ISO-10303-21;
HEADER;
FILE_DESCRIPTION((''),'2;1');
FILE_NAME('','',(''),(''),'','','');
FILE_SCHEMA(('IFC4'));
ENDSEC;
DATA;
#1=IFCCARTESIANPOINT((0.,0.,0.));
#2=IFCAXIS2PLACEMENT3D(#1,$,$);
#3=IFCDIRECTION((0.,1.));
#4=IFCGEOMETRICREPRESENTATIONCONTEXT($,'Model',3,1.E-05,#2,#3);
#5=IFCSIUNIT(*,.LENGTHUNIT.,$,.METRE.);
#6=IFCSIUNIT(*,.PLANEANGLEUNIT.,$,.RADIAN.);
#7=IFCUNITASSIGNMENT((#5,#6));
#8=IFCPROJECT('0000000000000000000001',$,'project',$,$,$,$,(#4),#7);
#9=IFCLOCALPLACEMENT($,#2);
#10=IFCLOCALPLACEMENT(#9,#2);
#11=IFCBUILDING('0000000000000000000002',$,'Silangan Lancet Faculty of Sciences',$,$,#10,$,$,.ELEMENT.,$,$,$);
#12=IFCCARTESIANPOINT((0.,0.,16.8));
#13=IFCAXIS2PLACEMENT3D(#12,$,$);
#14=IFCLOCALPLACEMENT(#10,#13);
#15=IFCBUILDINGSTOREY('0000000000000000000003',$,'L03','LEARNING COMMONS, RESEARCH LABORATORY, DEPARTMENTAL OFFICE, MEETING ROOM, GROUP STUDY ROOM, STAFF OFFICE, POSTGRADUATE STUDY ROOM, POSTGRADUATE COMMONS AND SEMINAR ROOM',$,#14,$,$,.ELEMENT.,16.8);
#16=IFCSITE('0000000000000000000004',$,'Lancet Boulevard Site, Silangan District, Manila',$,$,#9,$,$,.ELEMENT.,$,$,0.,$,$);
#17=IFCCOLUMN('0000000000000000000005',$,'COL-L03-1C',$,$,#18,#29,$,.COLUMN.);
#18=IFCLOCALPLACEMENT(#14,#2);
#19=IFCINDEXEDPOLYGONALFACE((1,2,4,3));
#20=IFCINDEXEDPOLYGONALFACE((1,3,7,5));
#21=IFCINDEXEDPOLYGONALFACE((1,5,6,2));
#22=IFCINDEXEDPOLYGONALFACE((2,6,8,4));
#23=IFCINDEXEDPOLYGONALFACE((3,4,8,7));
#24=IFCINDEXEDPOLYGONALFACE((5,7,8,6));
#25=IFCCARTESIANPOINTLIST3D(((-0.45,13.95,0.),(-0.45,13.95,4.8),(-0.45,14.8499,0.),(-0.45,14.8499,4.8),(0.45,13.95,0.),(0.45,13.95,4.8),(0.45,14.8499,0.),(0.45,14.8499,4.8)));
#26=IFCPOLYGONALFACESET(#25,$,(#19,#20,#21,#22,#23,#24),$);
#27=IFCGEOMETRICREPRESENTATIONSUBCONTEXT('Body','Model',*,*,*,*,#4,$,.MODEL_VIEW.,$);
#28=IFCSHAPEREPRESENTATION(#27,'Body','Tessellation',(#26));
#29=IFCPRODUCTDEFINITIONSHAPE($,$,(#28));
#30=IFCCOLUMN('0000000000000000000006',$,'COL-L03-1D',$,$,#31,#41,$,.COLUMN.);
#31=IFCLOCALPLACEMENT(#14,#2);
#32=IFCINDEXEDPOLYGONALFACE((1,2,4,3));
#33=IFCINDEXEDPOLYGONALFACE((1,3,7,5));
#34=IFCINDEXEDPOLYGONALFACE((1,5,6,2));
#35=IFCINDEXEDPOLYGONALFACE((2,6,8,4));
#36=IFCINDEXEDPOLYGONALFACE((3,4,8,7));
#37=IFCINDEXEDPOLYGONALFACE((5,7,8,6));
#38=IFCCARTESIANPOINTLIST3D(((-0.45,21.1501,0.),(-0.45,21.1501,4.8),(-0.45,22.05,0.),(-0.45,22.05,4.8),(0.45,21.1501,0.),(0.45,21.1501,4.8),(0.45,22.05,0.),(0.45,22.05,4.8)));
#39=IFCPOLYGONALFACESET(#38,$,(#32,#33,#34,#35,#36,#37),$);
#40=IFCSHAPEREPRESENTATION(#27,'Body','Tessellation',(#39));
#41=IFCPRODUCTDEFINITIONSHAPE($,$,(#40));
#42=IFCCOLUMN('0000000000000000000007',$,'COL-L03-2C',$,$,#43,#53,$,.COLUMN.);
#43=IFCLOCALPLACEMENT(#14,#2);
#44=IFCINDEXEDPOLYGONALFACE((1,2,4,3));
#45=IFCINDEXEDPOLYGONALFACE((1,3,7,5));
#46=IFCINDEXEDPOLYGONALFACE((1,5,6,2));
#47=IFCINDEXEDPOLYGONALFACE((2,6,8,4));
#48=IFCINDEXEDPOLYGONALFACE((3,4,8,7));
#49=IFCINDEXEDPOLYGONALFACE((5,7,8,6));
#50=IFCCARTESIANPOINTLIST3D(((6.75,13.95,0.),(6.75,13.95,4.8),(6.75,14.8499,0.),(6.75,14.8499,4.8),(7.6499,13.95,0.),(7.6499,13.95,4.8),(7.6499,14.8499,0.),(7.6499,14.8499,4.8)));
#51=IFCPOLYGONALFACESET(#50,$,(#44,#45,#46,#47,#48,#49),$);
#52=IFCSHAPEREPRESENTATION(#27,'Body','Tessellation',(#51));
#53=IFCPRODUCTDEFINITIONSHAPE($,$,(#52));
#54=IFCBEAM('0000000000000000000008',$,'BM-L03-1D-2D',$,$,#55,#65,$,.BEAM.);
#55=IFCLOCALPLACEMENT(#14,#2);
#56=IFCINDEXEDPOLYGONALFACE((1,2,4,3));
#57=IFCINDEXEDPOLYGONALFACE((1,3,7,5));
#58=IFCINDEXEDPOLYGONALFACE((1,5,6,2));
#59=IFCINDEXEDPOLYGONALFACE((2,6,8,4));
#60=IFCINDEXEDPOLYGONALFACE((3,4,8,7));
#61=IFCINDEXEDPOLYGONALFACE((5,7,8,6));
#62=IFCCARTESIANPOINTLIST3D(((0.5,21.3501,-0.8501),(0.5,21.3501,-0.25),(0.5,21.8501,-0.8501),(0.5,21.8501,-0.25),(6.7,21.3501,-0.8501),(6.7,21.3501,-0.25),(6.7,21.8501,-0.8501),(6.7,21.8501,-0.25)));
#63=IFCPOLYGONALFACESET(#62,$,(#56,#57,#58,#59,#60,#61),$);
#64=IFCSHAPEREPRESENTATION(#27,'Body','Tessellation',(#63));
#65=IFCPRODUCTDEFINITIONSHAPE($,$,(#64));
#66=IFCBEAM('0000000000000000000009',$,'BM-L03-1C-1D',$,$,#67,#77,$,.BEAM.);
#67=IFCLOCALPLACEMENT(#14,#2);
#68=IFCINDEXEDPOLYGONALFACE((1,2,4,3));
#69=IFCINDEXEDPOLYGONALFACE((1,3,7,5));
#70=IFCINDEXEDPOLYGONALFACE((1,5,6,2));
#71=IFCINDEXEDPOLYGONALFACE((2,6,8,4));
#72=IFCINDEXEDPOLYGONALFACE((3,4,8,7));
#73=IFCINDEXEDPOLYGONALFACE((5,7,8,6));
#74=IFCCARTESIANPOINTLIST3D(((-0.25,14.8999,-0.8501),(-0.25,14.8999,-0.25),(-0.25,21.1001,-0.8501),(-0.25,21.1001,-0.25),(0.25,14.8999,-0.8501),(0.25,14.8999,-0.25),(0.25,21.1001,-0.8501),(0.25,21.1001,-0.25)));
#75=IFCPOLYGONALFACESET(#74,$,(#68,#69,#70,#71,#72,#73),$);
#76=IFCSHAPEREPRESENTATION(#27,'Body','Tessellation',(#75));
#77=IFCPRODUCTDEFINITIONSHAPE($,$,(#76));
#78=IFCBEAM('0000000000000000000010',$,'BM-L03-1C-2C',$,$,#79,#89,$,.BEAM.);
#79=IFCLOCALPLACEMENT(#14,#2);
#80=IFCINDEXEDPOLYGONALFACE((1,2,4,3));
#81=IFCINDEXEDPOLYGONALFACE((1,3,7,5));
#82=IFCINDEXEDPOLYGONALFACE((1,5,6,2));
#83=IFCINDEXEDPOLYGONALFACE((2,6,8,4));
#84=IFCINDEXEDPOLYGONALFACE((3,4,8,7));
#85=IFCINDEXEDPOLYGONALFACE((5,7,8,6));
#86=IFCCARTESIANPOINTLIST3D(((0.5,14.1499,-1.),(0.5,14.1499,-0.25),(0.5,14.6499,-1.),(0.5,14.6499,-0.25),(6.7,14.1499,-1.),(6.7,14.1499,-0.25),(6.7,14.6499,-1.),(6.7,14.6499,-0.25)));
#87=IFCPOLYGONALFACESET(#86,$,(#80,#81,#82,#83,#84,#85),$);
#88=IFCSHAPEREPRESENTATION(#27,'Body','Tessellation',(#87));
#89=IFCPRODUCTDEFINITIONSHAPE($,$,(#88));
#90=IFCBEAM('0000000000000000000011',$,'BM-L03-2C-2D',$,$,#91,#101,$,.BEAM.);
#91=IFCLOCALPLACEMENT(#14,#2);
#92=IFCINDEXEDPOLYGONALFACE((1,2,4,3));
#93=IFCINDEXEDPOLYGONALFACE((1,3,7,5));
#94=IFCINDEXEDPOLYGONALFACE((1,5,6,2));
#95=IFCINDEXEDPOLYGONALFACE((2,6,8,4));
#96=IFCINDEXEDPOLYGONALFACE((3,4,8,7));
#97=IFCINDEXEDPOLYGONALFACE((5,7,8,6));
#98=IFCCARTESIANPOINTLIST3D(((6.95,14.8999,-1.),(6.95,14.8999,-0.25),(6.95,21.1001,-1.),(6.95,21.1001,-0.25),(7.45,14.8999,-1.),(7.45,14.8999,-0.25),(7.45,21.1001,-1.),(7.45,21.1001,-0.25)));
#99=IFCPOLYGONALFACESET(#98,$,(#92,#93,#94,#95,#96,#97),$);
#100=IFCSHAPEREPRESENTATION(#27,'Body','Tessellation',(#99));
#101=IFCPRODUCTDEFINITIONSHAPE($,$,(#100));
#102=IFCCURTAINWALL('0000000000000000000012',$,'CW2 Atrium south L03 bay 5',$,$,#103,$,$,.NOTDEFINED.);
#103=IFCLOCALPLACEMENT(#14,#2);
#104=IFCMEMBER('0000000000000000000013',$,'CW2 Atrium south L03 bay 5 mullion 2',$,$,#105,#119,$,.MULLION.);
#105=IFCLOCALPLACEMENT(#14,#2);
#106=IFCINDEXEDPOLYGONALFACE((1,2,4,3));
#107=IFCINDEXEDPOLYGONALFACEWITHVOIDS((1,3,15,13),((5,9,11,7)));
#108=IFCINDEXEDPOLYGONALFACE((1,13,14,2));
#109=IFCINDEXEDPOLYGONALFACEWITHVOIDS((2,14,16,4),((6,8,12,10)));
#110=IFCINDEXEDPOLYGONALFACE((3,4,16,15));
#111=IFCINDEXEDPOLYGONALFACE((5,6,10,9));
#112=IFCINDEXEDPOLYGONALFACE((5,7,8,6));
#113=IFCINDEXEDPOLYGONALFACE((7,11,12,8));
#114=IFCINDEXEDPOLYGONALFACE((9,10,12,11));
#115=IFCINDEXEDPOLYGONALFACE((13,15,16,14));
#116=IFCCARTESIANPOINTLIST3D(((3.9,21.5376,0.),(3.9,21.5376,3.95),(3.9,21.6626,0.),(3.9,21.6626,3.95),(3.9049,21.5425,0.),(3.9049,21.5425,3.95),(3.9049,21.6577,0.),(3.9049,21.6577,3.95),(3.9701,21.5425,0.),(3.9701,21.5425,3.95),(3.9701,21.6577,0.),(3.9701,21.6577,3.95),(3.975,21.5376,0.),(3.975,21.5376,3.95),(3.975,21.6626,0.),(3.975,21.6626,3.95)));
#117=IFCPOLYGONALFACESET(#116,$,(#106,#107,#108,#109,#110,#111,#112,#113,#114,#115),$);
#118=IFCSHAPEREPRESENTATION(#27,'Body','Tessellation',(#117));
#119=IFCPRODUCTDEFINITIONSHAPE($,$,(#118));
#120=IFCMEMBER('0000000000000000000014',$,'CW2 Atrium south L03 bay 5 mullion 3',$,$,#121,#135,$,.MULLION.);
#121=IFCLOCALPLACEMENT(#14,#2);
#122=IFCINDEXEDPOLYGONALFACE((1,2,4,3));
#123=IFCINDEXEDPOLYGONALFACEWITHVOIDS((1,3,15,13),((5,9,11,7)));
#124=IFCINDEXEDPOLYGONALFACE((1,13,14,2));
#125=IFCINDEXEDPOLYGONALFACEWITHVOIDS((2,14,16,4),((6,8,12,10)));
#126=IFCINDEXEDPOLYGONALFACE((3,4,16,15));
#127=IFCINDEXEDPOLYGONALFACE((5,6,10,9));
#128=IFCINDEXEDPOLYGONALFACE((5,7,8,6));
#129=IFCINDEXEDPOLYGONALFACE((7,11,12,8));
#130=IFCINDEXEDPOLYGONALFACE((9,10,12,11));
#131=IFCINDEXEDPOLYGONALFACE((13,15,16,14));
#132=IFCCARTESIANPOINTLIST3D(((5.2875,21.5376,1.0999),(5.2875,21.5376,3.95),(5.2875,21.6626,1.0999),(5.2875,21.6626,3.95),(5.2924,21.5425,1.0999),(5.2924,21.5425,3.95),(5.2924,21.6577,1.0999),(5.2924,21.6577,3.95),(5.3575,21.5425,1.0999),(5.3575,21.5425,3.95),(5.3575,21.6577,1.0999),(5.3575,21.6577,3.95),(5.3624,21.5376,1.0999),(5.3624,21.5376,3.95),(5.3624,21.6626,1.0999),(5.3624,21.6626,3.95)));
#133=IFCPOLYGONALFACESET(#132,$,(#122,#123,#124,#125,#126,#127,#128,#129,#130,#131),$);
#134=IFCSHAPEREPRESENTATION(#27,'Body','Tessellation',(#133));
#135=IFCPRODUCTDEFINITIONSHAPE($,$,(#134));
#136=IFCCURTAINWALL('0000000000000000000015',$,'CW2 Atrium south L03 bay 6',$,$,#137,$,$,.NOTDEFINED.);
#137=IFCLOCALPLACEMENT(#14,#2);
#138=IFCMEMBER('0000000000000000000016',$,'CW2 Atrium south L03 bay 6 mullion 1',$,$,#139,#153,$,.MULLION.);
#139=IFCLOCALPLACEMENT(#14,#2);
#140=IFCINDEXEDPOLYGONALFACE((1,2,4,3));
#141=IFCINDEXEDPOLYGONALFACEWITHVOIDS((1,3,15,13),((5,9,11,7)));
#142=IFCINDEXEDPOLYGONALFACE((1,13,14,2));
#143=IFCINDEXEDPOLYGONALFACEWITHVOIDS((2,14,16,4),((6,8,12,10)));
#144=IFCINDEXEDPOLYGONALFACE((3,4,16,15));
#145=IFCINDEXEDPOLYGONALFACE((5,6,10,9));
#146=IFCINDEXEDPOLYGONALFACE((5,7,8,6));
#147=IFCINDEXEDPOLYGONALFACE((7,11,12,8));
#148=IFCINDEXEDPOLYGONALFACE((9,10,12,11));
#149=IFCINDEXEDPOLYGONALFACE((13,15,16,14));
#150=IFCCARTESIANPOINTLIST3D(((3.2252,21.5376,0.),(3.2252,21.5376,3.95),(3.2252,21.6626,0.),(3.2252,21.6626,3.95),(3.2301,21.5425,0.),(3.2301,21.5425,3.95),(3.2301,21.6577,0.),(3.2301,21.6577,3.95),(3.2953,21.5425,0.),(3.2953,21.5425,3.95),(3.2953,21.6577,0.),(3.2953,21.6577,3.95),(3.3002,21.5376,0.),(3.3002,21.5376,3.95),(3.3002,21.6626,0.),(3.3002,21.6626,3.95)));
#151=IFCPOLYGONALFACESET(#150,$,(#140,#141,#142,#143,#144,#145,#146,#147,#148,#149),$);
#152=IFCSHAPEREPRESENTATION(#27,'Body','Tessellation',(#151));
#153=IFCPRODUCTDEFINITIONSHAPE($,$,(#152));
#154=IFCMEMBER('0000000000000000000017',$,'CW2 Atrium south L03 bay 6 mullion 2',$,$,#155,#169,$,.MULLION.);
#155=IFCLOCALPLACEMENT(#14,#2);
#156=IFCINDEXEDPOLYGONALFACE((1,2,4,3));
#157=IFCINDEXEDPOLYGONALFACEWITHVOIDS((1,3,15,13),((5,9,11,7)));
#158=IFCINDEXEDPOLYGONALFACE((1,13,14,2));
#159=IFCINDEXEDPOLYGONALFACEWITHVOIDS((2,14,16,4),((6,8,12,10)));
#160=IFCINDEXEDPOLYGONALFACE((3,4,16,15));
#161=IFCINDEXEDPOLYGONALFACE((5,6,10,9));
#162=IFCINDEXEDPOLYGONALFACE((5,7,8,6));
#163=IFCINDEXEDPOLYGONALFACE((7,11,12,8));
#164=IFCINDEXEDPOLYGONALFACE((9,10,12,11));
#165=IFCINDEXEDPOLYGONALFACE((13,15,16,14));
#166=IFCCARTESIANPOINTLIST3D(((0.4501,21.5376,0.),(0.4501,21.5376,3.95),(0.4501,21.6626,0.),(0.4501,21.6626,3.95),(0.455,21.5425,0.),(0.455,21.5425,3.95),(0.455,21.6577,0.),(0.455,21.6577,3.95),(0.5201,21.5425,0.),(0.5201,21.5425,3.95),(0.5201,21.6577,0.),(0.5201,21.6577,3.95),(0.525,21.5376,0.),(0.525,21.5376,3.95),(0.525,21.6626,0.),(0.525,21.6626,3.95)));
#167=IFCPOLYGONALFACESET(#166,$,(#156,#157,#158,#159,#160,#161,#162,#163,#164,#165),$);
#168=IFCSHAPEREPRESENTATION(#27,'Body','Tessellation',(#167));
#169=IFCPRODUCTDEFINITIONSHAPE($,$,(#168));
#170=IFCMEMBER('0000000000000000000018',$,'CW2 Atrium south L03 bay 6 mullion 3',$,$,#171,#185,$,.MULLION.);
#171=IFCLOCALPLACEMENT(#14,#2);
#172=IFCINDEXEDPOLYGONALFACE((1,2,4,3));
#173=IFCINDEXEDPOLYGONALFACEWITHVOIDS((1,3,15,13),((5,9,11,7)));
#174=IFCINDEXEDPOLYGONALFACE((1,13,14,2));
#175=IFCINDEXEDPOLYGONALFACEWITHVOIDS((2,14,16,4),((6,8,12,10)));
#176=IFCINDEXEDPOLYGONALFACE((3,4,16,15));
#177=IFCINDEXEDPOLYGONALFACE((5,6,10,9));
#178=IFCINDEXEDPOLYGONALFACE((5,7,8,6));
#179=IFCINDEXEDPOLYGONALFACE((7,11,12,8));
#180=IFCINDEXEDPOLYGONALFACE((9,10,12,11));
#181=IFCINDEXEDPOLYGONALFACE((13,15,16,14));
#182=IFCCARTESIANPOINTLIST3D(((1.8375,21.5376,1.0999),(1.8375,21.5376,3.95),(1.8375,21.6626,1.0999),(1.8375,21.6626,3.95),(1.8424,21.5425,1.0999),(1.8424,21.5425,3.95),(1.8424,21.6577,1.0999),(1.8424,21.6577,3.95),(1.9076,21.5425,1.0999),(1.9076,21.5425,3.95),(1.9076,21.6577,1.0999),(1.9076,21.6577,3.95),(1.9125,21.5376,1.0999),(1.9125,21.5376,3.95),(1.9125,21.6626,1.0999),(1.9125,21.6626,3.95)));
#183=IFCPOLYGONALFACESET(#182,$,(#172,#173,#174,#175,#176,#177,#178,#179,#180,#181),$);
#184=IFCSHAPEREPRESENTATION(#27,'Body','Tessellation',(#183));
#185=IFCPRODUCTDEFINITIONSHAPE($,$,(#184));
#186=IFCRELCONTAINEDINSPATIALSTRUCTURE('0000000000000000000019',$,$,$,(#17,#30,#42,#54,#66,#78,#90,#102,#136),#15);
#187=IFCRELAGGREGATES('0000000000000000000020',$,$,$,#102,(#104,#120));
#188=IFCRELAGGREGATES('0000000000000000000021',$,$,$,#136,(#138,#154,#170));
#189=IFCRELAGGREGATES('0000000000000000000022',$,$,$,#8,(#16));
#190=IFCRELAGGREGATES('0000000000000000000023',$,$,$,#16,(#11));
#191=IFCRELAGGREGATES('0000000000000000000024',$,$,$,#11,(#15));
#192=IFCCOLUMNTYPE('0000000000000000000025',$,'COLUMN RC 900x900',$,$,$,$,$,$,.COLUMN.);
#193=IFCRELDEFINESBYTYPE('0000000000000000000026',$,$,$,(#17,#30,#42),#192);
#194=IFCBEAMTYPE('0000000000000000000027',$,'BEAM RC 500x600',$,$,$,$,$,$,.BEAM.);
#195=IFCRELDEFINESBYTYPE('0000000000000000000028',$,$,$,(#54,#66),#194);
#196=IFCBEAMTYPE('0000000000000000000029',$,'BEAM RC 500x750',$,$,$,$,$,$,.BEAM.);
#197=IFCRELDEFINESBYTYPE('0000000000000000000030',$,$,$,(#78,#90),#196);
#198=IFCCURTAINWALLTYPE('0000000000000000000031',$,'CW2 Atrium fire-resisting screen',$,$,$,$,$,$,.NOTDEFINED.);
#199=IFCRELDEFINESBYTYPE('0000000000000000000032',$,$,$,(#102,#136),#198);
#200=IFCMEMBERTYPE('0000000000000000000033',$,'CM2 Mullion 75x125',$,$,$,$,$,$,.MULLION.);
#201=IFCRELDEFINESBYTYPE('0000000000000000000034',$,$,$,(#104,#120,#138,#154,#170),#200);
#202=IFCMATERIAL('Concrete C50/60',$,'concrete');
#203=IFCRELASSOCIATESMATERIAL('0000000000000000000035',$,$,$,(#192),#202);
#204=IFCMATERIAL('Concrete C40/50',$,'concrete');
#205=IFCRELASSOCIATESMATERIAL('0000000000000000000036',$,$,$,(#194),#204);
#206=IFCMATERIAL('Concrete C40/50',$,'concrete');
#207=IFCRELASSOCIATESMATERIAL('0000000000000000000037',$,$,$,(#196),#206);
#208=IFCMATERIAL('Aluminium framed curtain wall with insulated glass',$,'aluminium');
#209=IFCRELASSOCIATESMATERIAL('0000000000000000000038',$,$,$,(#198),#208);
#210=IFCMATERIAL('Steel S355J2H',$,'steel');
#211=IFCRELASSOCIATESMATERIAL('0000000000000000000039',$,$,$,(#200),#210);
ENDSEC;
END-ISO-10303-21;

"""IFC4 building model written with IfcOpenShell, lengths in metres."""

from ifc_helpers import new_model, si_unit, direction, frame, origin, origin_2d, place, context, subcontext, project, spatial, rectangle, hollow_rectangle, extrude, material, material_profile, profile_set, type_object, element, aggregate, save


model = new_model("IFC4")

# Units and contexts
model_context = context("Model", 3, precision=1e-05, world=origin(), true_north=direction((0.0, 1.0)))
body_context = subcontext(model_context, "Body", "Model", "MODEL_VIEW")
ifc_project = project(units=[si_unit("LENGTHUNIT", "METRE"), si_unit("PLANEANGLEUNIT", "RADIAN")], contexts=[model_context])

# Site, building, storey
site_placement = place(None, origin())
site = spatial("IfcSite", under=ifc_project, at=site_placement, Name="Lancet Boulevard Site, Silangan District, Manila", CompositionType="ELEMENT", RefElevation=0.0)
building_placement = place(site_placement, origin())
building = spatial("IfcBuilding", under=site, at=building_placement, Name="Silangan Lancet Faculty of Sciences", CompositionType="ELEMENT")
storey_placement = place(building_placement, frame((0.0, 0.0, 16.8)))
storey = spatial("IfcBuildingStorey", under=building, at=storey_placement, Name="L03", Description="LEARNING COMMONS, RESEARCH LABORATORY, DEPARTMENTAL OFFICE, MEETING ROOM, GROUP STUDY ROOM, STAFF OFFICE, POSTGRADUATE STUDY ROOM, POSTGRADUATE COMMONS AND SEMINAR ROOM", CompositionType="ELEMENT", Elevation=16.8)

# Columns
ifc_material_1 = material(Name="Concrete C50/60", Category="concrete")
ifc_material_profile_1 = material_profile(ifc_material_1, rectangle(XDim=0.8999, YDim=0.8999, at=origin_2d()), Name="RC 900x900")
ifc_profile_set_1 = profile_set([ifc_material_profile_1], Name="Concrete C50/60")
column_type = type_object("IfcColumnType", Name="COLUMN RC 900x900", PredefinedType="COLUMN", material=ifc_profile_set_1)
for number, where, z_axis, x_axis, name in (
    (1, (0.0, 14.3999, 0.0), (0.0, 0.0, 1.0), (1.0, 0.0, 0.0), "COL-L03-1C"),
    (2, (0.0, 21.6001, 0.0), (0.0, 0.0, 1.0), (1.0, 0.0, 0.0), "COL-L03-1D"),
    (3, (7.2, 14.3999, 0.0), (0.0, 0.0, 1.0), (1.0, 0.0, 0.0), "COL-L03-2C"),
):
    element("IfcColumn", number, at=place(storey_placement, frame(where, z_axis=z_axis, x_axis=x_axis)), inside=storey, type_object=column_type, Name=name, PredefinedType="COLUMN", context=body_context, shape_type="SweptSolid", body=[
        extrude(rectangle(XDim=0.8999, YDim=0.8999, at=origin_2d()), origin(), (0.0, 0.0, 1.0), 4.8),
    ])

# Beams
ifc_material_2 = material(Name="Concrete C40/50", Category="concrete")
ifc_material_profile_2 = material_profile(ifc_material_2, rectangle(XDim=0.5, YDim=0.6001, at=origin_2d()), Name="RC 500x600")
ifc_profile_set_2 = profile_set([ifc_material_profile_2], Name="Concrete C40/50")
beam_type_1 = type_object("IfcBeamType", Name="BEAM RC 500x600", PredefinedType="BEAM", material=ifc_profile_set_2)
beam_1_placement = place(storey_placement, frame((0.5, 21.6001, -0.55), z_axis=(1.0, 0.0, 0.0), x_axis=(0.0, 1.0, 0.0)))
element("IfcBeam", 4, at=beam_1_placement, inside=storey, type_object=beam_type_1, Name="BM-L03-1D-2D", PredefinedType="BEAM", context=body_context, shape_type="SweptSolid", body=[
    extrude(rectangle(XDim=0.5, YDim=0.6001, at=origin_2d()), origin(), (0.0, 0.0, 1.0), 6.2),
])
beam_2_placement = place(storey_placement, frame((0.0, 14.8999, -0.55), z_axis=(0.0, 1.0, 0.0), x_axis=(-1.0, 0.0, 0.0)))
element("IfcBeam", 5, at=beam_2_placement, inside=storey, type_object=beam_type_1, Name="BM-L03-1C-1D", PredefinedType="BEAM", context=body_context, shape_type="SweptSolid", body=[
    extrude(rectangle(XDim=0.5, YDim=0.6001, at=origin_2d()), origin(), (0.0, 0.0, 1.0), 6.2002),
])
ifc_material_3 = material(Name="Concrete C40/50", Category="concrete")
ifc_material_profile_3 = material_profile(ifc_material_3, rectangle(XDim=0.5, YDim=0.75, at=origin_2d()), Name="RC 500x750")
ifc_profile_set_3 = profile_set([ifc_material_profile_3], Name="Concrete C40/50")
beam_type_2 = type_object("IfcBeamType", Name="BEAM RC 500x750", PredefinedType="BEAM", material=ifc_profile_set_3)
beam_3_placement = place(storey_placement, frame((0.5, 14.3999, -0.625), z_axis=(1.0, 0.0, 0.0), x_axis=(0.0, 1.0, 0.0)))
element("IfcBeam", 6, at=beam_3_placement, inside=storey, type_object=beam_type_2, Name="BM-L03-1C-2C", PredefinedType="BEAM", context=body_context, shape_type="SweptSolid", body=[
    extrude(rectangle(XDim=0.5, YDim=0.75, at=origin_2d()), origin(), (0.0, 0.0, 1.0), 6.2),
])
beam_4_placement = place(storey_placement, frame((7.2, 14.8999, -0.625), z_axis=(0.0, 1.0, 0.0), x_axis=(-1.0, 0.0, 0.0)))
element("IfcBeam", 7, at=beam_4_placement, inside=storey, type_object=beam_type_2, Name="BM-L03-2C-2D", PredefinedType="BEAM", context=body_context, shape_type="SweptSolid", body=[
    extrude(rectangle(XDim=0.5, YDim=0.75, at=origin_2d()), origin(), (0.0, 0.0, 1.0), 6.2002),
])

# Curtain walls, members
ifc_material_4 = material(Name="Aluminium framed curtain wall with insulated glass", Category="aluminium")
curtain_wall_type = type_object("IfcCurtainWallType", Name="CW2 Atrium fire-resisting screen", PredefinedType="NOTDEFINED", material=ifc_material_4)
curtain_wall_1_placement = place(storey_placement, origin())
curtain_wall_1 = element("IfcCurtainWall", 8, at=curtain_wall_1_placement, inside=storey, type_object=curtain_wall_type, Name="CW2 Atrium south L03 bay 5", PredefinedType="NOTDEFINED")
ifc_material_5 = material(Name="Steel S355J2H", Category="steel")
ifc_material_profile_4 = material_profile(ifc_material_5, hollow_rectangle(XDim=0.075, YDim=0.125, WallThickness=0.0049, at=origin_2d()), Name="ST BOX 75x125x5")
ifc_profile_set_4 = profile_set([ifc_material_profile_4], Name="Steel S355J2H")
member_type_1 = type_object("IfcMemberType", Name="CM2 Mullion 75x125", PredefinedType="MULLION", material=ifc_profile_set_4)
member_1_placement = place(storey_placement, frame((3.9375, 21.6001, 0.0), z_axis=(0.0, 0.0, 1.0), x_axis=(-1.0, 0.0, 0.0)))
member_1 = element("IfcMember", 9, at=member_1_placement, type_object=member_type_1, Name="CW2 Atrium south L03 bay 5 mullion 2", PredefinedType="MULLION", context=body_context, shape_type="SweptSolid", body=[
    extrude(hollow_rectangle(XDim=0.075, YDim=0.125, WallThickness=0.0049, at=origin_2d()), origin(), (0.0, 0.0, 1.0), 3.95),
])
member_2_placement = place(storey_placement, frame((5.325, 21.6001, 1.0999), z_axis=(0.0, 0.0, 1.0), x_axis=(-1.0, 0.0, 0.0)))
member_2 = element("IfcMember", 10, at=member_2_placement, type_object=member_type_1, Name="CW2 Atrium south L03 bay 5 mullion 3", PredefinedType="MULLION", context=body_context, shape_type="SweptSolid", body=[
    extrude(hollow_rectangle(XDim=0.075, YDim=0.125, WallThickness=0.0049, at=origin_2d()), origin(), (0.0, 0.0, 1.0), 2.8501),
])
curtain_wall_2_placement = place(storey_placement, origin())
curtain_wall_2 = element("IfcCurtainWall", 11, at=curtain_wall_2_placement, inside=storey, type_object=curtain_wall_type, Name="CW2 Atrium south L03 bay 6", PredefinedType="NOTDEFINED")
member_3_placement = place(storey_placement, frame((3.2627, 21.6001, 0.0), z_axis=(0.0, 0.0, 1.0), x_axis=(-1.0, 0.0, 0.0)))
member_3 = element("IfcMember", 12, at=member_3_placement, type_object=member_type_1, Name="CW2 Atrium south L03 bay 6 mullion 1", PredefinedType="MULLION", context=body_context, shape_type="SweptSolid", body=[
    extrude(hollow_rectangle(XDim=0.075, YDim=0.125, WallThickness=0.0049, at=origin_2d()), origin(), (0.0, 0.0, 1.0), 3.95),
])
member_4_placement = place(storey_placement, frame((0.4875, 21.6001, 0.0), z_axis=(0.0, 0.0, 1.0), x_axis=(-1.0, 0.0, 0.0)))
member_4 = element("IfcMember", 13, at=member_4_placement, type_object=member_type_1, Name="CW2 Atrium south L03 bay 6 mullion 2", PredefinedType="MULLION", context=body_context, shape_type="SweptSolid", body=[
    extrude(hollow_rectangle(XDim=0.075, YDim=0.125, WallThickness=0.0049, at=origin_2d()), origin(), (0.0, 0.0, 1.0), 3.95),
])
member_5_placement = place(storey_placement, frame((1.875, 21.6001, 1.0999), z_axis=(0.0, 0.0, 1.0), x_axis=(-1.0, 0.0, 0.0)))
member_5 = element("IfcMember", 14, at=member_5_placement, type_object=member_type_1, Name="CW2 Atrium south L03 bay 6 mullion 3", PredefinedType="MULLION", context=body_context, shape_type="SweptSolid", body=[
    extrude(hollow_rectangle(XDim=0.075, YDim=0.125, WallThickness=0.0049, at=origin_2d()), origin(), (0.0, 0.0, 1.0), 2.8501),
])

aggregate(curtain_wall_1, [member_1, member_2])
aggregate(curtain_wall_2, [member_3, member_4, member_5])

save(model, "model.ifc")
